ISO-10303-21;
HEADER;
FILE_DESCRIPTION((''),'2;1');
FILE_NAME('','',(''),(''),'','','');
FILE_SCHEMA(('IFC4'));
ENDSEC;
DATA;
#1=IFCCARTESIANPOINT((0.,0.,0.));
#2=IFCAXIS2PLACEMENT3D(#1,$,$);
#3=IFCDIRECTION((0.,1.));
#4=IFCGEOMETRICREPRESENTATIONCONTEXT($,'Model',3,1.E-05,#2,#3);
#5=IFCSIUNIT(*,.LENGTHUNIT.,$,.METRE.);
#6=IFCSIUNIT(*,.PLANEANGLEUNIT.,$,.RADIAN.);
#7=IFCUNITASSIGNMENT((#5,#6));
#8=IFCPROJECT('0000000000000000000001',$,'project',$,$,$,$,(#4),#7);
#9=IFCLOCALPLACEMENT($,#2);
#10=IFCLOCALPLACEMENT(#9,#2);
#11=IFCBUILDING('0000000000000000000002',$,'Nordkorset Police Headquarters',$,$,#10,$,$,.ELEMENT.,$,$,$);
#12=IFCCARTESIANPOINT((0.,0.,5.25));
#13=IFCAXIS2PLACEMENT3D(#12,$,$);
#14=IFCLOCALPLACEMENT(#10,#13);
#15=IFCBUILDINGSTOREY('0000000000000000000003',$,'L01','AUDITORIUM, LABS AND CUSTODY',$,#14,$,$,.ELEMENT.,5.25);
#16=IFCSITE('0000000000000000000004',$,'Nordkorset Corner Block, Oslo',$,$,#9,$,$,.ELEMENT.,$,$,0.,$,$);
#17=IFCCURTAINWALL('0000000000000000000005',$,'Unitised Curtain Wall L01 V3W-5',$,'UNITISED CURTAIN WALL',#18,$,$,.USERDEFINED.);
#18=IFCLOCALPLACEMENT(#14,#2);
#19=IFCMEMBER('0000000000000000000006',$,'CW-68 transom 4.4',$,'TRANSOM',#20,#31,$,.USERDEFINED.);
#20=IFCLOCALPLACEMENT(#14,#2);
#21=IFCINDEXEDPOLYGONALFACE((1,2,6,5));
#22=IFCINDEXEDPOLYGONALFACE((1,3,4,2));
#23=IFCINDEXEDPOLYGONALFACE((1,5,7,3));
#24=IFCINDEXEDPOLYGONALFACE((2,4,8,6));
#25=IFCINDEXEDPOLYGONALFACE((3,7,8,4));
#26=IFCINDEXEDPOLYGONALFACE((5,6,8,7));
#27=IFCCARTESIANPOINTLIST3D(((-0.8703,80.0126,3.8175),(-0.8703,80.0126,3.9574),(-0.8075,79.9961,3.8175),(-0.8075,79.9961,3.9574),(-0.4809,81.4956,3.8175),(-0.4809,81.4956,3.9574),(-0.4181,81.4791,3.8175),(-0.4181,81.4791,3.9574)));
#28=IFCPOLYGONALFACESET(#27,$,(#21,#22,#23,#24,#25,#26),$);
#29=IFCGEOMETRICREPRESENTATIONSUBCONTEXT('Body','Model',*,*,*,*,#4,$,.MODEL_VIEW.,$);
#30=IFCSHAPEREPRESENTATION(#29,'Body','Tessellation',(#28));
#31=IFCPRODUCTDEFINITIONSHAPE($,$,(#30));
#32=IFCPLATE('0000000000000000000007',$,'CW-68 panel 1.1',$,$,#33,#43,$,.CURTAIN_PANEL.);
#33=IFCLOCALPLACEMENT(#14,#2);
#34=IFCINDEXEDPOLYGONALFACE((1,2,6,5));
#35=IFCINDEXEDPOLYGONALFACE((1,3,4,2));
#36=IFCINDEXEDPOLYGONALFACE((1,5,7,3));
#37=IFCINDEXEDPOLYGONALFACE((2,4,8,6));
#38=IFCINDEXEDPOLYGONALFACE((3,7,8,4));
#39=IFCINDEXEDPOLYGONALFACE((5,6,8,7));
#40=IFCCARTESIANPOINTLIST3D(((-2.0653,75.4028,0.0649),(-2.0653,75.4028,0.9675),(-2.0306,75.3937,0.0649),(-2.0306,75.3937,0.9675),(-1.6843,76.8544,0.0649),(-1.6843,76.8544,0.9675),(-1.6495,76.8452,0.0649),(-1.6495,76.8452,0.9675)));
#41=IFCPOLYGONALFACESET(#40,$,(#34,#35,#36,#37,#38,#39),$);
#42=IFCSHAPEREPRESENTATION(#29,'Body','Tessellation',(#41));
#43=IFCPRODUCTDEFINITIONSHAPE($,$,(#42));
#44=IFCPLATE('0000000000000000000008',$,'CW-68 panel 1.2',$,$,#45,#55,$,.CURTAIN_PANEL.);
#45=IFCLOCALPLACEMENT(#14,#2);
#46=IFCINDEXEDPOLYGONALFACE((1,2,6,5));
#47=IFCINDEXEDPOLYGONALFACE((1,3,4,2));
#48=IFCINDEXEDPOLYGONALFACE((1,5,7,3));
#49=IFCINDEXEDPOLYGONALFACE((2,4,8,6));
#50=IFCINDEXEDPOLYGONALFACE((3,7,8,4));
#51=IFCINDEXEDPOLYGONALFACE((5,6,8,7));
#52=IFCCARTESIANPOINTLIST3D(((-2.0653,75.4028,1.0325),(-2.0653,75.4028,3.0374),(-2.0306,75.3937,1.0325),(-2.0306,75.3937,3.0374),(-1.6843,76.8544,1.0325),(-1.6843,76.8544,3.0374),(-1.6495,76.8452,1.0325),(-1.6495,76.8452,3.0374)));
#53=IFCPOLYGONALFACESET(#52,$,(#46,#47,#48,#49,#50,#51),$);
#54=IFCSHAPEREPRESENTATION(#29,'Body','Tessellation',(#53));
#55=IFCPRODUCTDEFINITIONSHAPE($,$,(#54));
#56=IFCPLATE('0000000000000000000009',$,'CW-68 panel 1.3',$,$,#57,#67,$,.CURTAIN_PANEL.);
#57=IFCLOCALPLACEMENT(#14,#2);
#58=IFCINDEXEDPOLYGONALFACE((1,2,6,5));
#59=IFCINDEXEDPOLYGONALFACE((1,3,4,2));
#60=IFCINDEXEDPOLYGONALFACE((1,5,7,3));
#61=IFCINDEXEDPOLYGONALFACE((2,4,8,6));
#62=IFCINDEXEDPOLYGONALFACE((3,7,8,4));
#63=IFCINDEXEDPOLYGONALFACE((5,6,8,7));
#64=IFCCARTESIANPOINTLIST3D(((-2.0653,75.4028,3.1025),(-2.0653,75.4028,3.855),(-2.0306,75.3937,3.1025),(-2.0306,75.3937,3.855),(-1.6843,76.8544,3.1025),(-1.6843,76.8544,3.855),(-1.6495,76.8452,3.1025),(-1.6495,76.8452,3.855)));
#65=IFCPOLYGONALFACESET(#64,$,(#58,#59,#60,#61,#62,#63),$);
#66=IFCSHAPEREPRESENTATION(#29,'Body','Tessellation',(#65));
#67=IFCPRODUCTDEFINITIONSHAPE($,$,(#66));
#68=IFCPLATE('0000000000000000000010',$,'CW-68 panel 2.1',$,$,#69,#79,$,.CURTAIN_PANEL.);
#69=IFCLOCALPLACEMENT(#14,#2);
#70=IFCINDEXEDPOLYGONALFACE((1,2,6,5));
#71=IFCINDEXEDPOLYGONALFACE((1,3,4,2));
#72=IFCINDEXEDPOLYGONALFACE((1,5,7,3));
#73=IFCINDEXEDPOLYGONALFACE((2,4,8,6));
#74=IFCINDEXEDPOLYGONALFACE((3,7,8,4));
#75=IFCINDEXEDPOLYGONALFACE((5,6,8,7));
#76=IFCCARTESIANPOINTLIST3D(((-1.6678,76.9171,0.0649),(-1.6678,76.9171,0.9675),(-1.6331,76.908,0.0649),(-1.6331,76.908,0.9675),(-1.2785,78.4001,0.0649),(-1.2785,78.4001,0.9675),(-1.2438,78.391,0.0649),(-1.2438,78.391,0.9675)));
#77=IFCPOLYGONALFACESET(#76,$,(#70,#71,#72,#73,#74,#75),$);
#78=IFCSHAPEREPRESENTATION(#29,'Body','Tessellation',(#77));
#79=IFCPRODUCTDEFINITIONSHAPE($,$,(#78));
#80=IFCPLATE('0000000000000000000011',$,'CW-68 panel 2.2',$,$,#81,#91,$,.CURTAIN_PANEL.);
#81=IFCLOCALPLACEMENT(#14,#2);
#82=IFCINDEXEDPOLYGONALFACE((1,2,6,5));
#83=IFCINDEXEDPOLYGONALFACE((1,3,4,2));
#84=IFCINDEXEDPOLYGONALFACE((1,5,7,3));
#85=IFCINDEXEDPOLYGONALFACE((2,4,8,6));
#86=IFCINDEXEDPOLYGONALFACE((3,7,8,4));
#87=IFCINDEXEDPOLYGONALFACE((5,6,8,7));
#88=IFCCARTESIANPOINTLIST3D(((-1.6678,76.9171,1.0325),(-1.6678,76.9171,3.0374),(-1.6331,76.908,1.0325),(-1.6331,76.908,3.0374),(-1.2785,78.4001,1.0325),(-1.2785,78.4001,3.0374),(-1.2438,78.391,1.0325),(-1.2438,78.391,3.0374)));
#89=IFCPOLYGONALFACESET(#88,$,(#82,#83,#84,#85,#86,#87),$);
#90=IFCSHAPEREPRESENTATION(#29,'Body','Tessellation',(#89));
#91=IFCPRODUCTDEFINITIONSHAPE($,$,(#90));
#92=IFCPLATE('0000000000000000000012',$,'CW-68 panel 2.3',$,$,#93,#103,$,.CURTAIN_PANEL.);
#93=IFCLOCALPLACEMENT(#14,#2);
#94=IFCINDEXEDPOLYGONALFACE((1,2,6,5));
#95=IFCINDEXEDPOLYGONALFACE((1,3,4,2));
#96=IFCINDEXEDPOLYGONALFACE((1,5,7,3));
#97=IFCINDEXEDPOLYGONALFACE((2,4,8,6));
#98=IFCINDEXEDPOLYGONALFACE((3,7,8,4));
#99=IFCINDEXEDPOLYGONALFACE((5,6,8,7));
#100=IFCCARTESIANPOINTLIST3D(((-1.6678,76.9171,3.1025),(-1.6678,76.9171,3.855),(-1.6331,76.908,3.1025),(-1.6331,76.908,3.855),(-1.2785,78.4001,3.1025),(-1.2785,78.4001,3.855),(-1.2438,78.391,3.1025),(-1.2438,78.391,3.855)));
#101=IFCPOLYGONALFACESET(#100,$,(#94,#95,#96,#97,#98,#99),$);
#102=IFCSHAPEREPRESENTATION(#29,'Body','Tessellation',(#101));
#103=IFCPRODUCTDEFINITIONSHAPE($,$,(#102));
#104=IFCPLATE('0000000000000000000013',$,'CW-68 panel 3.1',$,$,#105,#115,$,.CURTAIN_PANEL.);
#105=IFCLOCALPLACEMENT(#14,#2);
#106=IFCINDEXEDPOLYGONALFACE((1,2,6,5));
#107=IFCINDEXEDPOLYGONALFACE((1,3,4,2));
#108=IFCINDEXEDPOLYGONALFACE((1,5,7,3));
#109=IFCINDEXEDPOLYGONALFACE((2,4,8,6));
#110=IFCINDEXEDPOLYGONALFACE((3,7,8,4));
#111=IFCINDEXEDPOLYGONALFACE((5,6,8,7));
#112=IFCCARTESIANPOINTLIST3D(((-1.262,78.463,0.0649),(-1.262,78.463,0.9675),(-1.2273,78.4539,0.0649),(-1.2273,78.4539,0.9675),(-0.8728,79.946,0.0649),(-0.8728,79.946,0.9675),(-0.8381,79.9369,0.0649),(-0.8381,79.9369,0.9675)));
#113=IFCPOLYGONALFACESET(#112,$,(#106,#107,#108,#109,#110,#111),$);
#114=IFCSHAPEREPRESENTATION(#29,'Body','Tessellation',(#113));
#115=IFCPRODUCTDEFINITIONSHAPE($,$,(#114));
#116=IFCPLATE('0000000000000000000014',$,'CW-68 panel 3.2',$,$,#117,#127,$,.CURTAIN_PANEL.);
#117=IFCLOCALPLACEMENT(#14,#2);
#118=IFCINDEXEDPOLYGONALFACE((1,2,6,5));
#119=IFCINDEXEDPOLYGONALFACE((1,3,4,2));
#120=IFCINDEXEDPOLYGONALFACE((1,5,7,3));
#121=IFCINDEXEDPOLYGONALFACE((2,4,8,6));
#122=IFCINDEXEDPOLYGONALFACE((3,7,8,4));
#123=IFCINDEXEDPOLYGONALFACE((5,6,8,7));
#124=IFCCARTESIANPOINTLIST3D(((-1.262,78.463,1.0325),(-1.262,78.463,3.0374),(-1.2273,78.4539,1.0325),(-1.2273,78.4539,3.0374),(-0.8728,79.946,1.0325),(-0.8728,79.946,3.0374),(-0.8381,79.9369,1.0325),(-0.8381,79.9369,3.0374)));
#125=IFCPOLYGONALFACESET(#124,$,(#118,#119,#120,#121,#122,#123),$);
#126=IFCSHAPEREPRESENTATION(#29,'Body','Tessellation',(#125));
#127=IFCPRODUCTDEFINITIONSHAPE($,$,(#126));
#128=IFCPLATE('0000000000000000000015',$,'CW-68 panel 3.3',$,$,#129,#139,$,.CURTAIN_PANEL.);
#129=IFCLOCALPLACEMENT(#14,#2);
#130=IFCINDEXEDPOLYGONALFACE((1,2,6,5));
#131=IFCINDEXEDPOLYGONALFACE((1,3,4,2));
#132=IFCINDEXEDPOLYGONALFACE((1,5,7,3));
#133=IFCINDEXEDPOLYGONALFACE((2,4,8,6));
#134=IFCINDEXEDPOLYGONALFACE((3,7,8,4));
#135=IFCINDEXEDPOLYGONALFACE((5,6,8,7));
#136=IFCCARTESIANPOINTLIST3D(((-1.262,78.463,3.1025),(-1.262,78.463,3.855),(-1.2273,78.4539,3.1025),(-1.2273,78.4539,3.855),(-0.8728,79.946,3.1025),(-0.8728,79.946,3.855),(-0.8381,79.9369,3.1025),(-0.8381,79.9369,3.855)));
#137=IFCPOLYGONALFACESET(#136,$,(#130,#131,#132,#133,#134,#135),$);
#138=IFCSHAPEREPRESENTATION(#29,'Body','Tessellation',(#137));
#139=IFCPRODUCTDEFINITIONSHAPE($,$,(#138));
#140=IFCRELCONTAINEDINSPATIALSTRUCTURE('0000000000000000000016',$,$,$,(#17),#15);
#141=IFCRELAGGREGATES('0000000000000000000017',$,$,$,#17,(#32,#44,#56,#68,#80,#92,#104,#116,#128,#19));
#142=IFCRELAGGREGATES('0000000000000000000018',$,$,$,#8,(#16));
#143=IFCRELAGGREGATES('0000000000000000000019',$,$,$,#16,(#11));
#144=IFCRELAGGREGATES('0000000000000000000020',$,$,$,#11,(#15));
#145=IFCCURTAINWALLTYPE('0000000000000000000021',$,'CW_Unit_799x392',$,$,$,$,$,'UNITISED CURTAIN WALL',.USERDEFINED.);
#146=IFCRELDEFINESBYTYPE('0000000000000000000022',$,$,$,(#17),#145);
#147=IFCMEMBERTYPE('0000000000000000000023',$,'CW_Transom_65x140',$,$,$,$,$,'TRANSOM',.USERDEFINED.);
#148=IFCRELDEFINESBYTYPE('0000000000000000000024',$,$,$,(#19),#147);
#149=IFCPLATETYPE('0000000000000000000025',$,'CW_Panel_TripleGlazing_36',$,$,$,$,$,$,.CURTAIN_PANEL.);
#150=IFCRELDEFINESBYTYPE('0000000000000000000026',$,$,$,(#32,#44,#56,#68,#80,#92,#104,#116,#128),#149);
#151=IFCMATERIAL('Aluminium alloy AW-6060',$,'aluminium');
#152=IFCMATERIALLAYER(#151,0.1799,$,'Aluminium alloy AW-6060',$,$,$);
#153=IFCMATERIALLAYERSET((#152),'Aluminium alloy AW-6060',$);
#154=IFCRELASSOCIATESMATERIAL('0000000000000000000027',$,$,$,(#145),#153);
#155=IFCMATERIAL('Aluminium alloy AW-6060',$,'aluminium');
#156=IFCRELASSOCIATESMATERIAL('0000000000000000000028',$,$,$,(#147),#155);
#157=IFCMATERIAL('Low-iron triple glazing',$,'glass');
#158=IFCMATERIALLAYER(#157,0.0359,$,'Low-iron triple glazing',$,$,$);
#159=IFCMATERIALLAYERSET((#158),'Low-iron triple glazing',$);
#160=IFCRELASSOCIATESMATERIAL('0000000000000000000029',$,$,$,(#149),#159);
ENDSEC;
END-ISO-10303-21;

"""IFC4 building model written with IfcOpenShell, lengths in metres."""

from ifc_helpers import new_model, si_unit, direction, frame, origin, origin_2d, place, context, subcontext, project, spatial, rectangle, extrude, material, layer, layer_set, material_profile, profile_set, type_object, element, aggregate, save


model = new_model("IFC4")

# Units and contexts
model_context = context("Model", 3, precision=1e-05, world=origin(), true_north=direction((0.0, 1.0)))
body_context = subcontext(model_context, "Body", "Model", "MODEL_VIEW")
ifc_project = project(units=[si_unit("LENGTHUNIT", "METRE"), si_unit("PLANEANGLEUNIT", "RADIAN")], contexts=[model_context])

# Site, building, storey
site_placement = place(None, origin())
site = spatial("IfcSite", under=ifc_project, at=site_placement, Name="Nordkorset Corner Block, Oslo", CompositionType="ELEMENT", RefElevation=0.0)
building_placement = place(site_placement, origin())
building = spatial("IfcBuilding", under=site, at=building_placement, Name="Nordkorset Police Headquarters", CompositionType="ELEMENT")
storey_placement = place(building_placement, frame((0.0, 0.0, 5.25)))
storey = spatial("IfcBuildingStorey", under=building, at=storey_placement, Name="L01", Description="AUDITORIUM, LABS AND CUSTODY", CompositionType="ELEMENT", Elevation=5.25)

# Curtain wall, member, plates
ifc_material_1 = material(Name="Aluminium alloy AW-6060", Category="aluminium")
ifc_layer_1 = layer(ifc_material_1, 0.1799, Name="Aluminium alloy AW-6060")
ifc_layer_set_1 = layer_set([ifc_layer_1], Name="Aluminium alloy AW-6060")
curtain_wall_type = type_object("IfcCurtainWallType", Name="CW_Unit_799x392", ElementType="UNITISED CURTAIN WALL", PredefinedType="USERDEFINED", material=ifc_layer_set_1)
curtain_wall_placement = place(storey_placement, origin())
curtain_wall = element("IfcCurtainWall", 1, at=curtain_wall_placement, inside=storey, type_object=curtain_wall_type, Name="Unitised Curtain Wall L01 V3W-5", ObjectType="UNITISED CURTAIN WALL", PredefinedType="USERDEFINED")
ifc_material_2 = material(Name="Aluminium alloy AW-6060", Category="aluminium")
ifc_material_profile_1 = material_profile(ifc_material_2, rectangle(XDim=0.0649, YDim=0.1399, at=origin_2d()), Name="ALU TRAN 65x140")
ifc_profile_set_1 = profile_set([ifc_material_profile_1], Name="Aluminium alloy AW-6060")
member_type_1 = type_object("IfcMemberType", Name="CW_Transom_65x140", ElementType="TRANSOM", PredefinedType="USERDEFINED", material=ifc_profile_set_1)
member_1_placement = place(storey_placement, frame((-0.8389, 80.0044, 3.8875), z_axis=(0.253984, 0.967208, 0.0), x_axis=(-0.967208, 0.253984, 0.0)))
member_1 = element("IfcMember", 2, at=member_1_placement, type_object=member_type_1, Name="CW-68 transom 4.4", ObjectType="TRANSOM", PredefinedType="USERDEFINED", context=body_context, shape_type="SweptSolid", body=[
    extrude(rectangle(XDim=0.0649, YDim=0.1399, at=origin_2d()), origin(), (0.0, 0.0, 1.0), 1.5332),
])
ifc_material_3 = material(Name="Low-iron triple glazing", Category="glass")
ifc_layer_2 = layer(ifc_material_3, 0.0359, Name="Low-iron triple glazing")
ifc_layer_set_2 = layer_set([ifc_layer_2], Name="Low-iron triple glazing")
plate_type = type_object("IfcPlateType", Name="CW_Panel_TripleGlazing_36", PredefinedType="CURTAIN_PANEL", material=ifc_layer_set_2)
plate_1_placement = place(storey_placement, frame((-1.8574, 76.124, 0.0649), z_axis=(0.0, 0.0, 1.0), x_axis=(0.253897, 0.967231, 0.0)))
plate_1 = element("IfcPlate", 3, at=plate_1_placement, type_object=plate_type, Name="CW-68 panel 1.1", PredefinedType="CURTAIN_PANEL", context=body_context, shape_type="SweptSolid", body=[
    extrude(rectangle(XDim=1.5007, YDim=0.0359, at=origin_2d()), origin(), (0.0, 0.0, 1.0), 0.9026),
])
plate_2_placement = place(storey_placement, frame((-1.8574, 76.124, 1.0325), z_axis=(0.0, 0.0, 1.0), x_axis=(0.253897, 0.967231, 0.0)))
plate_2 = element("IfcPlate", 4, at=plate_2_placement, type_object=plate_type, Name="CW-68 panel 1.2", PredefinedType="CURTAIN_PANEL", context=body_context, shape_type="SweptSolid", body=[
    extrude(rectangle(XDim=1.5007, YDim=0.0359, at=origin_2d()), origin(), (0.0, 0.0, 1.0), 2.0049),
])
plate_3_placement = place(storey_placement, frame((-1.8574, 76.124, 3.1025), z_axis=(0.0, 0.0, 1.0), x_axis=(0.253897, 0.967231, 0.0)))
plate_3 = element("IfcPlate", 5, at=plate_3_placement, type_object=plate_type, Name="CW-68 panel 1.3", PredefinedType="CURTAIN_PANEL", context=body_context, shape_type="SweptSolid", body=[
    extrude(rectangle(XDim=1.5007, YDim=0.0359, at=origin_2d()), origin(), (0.0, 0.0, 1.0), 0.7524),
])
plate_4_placement = place(storey_placement, frame((-1.4558, 77.6541, 0.0649), z_axis=(0.0, 0.0, 1.0), x_axis=(0.253897, 0.967231, 0.0)))
plate_4 = element("IfcPlate", 6, at=plate_4_placement, type_object=plate_type, Name="CW-68 panel 2.1", PredefinedType="CURTAIN_PANEL", context=body_context, shape_type="SweptSolid", body=[
    extrude(rectangle(XDim=1.5332, YDim=0.0359, at=origin_2d()), origin(), (0.0, 0.0, 1.0), 0.9026),
])
plate_5_placement = place(storey_placement, frame((-1.4558, 77.6541, 1.0325), z_axis=(0.0, 0.0, 1.0), x_axis=(0.253897, 0.967231, 0.0)))
plate_5 = element("IfcPlate", 7, at=plate_5_placement, type_object=plate_type, Name="CW-68 panel 2.2", PredefinedType="CURTAIN_PANEL", context=body_context, shape_type="SweptSolid", body=[
    extrude(rectangle(XDim=1.5332, YDim=0.0359, at=origin_2d()), origin(), (0.0, 0.0, 1.0), 2.0049),
])
plate_6_placement = place(storey_placement, frame((-1.4558, 77.6541, 3.1025), z_axis=(0.0, 0.0, 1.0), x_axis=(0.253897, 0.967231, 0.0)))
plate_6 = element("IfcPlate", 8, at=plate_6_placement, type_object=plate_type, Name="CW-68 panel 2.3", PredefinedType="CURTAIN_PANEL", context=body_context, shape_type="SweptSolid", body=[
    extrude(rectangle(XDim=1.5332, YDim=0.0359, at=origin_2d()), origin(), (0.0, 0.0, 1.0), 0.7524),
])
plate_7_placement = place(storey_placement, frame((-1.05, 79.2, 0.0649), z_axis=(0.0, 0.0, 1.0), x_axis=(0.253897, 0.967231, 0.0)))
plate_7 = element("IfcPlate", 9, at=plate_7_placement, type_object=plate_type, Name="CW-68 panel 3.1", PredefinedType="CURTAIN_PANEL", context=body_context, shape_type="SweptSolid", body=[
    extrude(rectangle(XDim=1.5332, YDim=0.0359, at=origin_2d()), origin(), (0.0, 0.0, 1.0), 0.9026),
])
plate_8_placement = place(storey_placement, frame((-1.05, 79.2, 1.0325), z_axis=(0.0, 0.0, 1.0), x_axis=(0.253897, 0.967231, 0.0)))
plate_8 = element("IfcPlate", 10, at=plate_8_placement, type_object=plate_type, Name="CW-68 panel 3.2", PredefinedType="CURTAIN_PANEL", context=body_context, shape_type="SweptSolid", body=[
    extrude(rectangle(XDim=1.5332, YDim=0.0359, at=origin_2d()), origin(), (0.0, 0.0, 1.0), 2.0049),
])
plate_9_placement = place(storey_placement, frame((-1.05, 79.2, 3.1025), z_axis=(0.0, 0.0, 1.0), x_axis=(0.253897, 0.967231, 0.0)))
plate_9 = element("IfcPlate", 11, at=plate_9_placement, type_object=plate_type, Name="CW-68 panel 3.3", PredefinedType="CURTAIN_PANEL", context=body_context, shape_type="SweptSolid", body=[
    extrude(rectangle(XDim=1.5332, YDim=0.0359, at=origin_2d()), origin(), (0.0, 0.0, 1.0), 0.7524),
])
aggregate(curtain_wall, [plate_1, plate_2, plate_3, plate_4, plate_5, plate_6, plate_7, plate_8, plate_9, member_1])

save(model, "model.ifc")
